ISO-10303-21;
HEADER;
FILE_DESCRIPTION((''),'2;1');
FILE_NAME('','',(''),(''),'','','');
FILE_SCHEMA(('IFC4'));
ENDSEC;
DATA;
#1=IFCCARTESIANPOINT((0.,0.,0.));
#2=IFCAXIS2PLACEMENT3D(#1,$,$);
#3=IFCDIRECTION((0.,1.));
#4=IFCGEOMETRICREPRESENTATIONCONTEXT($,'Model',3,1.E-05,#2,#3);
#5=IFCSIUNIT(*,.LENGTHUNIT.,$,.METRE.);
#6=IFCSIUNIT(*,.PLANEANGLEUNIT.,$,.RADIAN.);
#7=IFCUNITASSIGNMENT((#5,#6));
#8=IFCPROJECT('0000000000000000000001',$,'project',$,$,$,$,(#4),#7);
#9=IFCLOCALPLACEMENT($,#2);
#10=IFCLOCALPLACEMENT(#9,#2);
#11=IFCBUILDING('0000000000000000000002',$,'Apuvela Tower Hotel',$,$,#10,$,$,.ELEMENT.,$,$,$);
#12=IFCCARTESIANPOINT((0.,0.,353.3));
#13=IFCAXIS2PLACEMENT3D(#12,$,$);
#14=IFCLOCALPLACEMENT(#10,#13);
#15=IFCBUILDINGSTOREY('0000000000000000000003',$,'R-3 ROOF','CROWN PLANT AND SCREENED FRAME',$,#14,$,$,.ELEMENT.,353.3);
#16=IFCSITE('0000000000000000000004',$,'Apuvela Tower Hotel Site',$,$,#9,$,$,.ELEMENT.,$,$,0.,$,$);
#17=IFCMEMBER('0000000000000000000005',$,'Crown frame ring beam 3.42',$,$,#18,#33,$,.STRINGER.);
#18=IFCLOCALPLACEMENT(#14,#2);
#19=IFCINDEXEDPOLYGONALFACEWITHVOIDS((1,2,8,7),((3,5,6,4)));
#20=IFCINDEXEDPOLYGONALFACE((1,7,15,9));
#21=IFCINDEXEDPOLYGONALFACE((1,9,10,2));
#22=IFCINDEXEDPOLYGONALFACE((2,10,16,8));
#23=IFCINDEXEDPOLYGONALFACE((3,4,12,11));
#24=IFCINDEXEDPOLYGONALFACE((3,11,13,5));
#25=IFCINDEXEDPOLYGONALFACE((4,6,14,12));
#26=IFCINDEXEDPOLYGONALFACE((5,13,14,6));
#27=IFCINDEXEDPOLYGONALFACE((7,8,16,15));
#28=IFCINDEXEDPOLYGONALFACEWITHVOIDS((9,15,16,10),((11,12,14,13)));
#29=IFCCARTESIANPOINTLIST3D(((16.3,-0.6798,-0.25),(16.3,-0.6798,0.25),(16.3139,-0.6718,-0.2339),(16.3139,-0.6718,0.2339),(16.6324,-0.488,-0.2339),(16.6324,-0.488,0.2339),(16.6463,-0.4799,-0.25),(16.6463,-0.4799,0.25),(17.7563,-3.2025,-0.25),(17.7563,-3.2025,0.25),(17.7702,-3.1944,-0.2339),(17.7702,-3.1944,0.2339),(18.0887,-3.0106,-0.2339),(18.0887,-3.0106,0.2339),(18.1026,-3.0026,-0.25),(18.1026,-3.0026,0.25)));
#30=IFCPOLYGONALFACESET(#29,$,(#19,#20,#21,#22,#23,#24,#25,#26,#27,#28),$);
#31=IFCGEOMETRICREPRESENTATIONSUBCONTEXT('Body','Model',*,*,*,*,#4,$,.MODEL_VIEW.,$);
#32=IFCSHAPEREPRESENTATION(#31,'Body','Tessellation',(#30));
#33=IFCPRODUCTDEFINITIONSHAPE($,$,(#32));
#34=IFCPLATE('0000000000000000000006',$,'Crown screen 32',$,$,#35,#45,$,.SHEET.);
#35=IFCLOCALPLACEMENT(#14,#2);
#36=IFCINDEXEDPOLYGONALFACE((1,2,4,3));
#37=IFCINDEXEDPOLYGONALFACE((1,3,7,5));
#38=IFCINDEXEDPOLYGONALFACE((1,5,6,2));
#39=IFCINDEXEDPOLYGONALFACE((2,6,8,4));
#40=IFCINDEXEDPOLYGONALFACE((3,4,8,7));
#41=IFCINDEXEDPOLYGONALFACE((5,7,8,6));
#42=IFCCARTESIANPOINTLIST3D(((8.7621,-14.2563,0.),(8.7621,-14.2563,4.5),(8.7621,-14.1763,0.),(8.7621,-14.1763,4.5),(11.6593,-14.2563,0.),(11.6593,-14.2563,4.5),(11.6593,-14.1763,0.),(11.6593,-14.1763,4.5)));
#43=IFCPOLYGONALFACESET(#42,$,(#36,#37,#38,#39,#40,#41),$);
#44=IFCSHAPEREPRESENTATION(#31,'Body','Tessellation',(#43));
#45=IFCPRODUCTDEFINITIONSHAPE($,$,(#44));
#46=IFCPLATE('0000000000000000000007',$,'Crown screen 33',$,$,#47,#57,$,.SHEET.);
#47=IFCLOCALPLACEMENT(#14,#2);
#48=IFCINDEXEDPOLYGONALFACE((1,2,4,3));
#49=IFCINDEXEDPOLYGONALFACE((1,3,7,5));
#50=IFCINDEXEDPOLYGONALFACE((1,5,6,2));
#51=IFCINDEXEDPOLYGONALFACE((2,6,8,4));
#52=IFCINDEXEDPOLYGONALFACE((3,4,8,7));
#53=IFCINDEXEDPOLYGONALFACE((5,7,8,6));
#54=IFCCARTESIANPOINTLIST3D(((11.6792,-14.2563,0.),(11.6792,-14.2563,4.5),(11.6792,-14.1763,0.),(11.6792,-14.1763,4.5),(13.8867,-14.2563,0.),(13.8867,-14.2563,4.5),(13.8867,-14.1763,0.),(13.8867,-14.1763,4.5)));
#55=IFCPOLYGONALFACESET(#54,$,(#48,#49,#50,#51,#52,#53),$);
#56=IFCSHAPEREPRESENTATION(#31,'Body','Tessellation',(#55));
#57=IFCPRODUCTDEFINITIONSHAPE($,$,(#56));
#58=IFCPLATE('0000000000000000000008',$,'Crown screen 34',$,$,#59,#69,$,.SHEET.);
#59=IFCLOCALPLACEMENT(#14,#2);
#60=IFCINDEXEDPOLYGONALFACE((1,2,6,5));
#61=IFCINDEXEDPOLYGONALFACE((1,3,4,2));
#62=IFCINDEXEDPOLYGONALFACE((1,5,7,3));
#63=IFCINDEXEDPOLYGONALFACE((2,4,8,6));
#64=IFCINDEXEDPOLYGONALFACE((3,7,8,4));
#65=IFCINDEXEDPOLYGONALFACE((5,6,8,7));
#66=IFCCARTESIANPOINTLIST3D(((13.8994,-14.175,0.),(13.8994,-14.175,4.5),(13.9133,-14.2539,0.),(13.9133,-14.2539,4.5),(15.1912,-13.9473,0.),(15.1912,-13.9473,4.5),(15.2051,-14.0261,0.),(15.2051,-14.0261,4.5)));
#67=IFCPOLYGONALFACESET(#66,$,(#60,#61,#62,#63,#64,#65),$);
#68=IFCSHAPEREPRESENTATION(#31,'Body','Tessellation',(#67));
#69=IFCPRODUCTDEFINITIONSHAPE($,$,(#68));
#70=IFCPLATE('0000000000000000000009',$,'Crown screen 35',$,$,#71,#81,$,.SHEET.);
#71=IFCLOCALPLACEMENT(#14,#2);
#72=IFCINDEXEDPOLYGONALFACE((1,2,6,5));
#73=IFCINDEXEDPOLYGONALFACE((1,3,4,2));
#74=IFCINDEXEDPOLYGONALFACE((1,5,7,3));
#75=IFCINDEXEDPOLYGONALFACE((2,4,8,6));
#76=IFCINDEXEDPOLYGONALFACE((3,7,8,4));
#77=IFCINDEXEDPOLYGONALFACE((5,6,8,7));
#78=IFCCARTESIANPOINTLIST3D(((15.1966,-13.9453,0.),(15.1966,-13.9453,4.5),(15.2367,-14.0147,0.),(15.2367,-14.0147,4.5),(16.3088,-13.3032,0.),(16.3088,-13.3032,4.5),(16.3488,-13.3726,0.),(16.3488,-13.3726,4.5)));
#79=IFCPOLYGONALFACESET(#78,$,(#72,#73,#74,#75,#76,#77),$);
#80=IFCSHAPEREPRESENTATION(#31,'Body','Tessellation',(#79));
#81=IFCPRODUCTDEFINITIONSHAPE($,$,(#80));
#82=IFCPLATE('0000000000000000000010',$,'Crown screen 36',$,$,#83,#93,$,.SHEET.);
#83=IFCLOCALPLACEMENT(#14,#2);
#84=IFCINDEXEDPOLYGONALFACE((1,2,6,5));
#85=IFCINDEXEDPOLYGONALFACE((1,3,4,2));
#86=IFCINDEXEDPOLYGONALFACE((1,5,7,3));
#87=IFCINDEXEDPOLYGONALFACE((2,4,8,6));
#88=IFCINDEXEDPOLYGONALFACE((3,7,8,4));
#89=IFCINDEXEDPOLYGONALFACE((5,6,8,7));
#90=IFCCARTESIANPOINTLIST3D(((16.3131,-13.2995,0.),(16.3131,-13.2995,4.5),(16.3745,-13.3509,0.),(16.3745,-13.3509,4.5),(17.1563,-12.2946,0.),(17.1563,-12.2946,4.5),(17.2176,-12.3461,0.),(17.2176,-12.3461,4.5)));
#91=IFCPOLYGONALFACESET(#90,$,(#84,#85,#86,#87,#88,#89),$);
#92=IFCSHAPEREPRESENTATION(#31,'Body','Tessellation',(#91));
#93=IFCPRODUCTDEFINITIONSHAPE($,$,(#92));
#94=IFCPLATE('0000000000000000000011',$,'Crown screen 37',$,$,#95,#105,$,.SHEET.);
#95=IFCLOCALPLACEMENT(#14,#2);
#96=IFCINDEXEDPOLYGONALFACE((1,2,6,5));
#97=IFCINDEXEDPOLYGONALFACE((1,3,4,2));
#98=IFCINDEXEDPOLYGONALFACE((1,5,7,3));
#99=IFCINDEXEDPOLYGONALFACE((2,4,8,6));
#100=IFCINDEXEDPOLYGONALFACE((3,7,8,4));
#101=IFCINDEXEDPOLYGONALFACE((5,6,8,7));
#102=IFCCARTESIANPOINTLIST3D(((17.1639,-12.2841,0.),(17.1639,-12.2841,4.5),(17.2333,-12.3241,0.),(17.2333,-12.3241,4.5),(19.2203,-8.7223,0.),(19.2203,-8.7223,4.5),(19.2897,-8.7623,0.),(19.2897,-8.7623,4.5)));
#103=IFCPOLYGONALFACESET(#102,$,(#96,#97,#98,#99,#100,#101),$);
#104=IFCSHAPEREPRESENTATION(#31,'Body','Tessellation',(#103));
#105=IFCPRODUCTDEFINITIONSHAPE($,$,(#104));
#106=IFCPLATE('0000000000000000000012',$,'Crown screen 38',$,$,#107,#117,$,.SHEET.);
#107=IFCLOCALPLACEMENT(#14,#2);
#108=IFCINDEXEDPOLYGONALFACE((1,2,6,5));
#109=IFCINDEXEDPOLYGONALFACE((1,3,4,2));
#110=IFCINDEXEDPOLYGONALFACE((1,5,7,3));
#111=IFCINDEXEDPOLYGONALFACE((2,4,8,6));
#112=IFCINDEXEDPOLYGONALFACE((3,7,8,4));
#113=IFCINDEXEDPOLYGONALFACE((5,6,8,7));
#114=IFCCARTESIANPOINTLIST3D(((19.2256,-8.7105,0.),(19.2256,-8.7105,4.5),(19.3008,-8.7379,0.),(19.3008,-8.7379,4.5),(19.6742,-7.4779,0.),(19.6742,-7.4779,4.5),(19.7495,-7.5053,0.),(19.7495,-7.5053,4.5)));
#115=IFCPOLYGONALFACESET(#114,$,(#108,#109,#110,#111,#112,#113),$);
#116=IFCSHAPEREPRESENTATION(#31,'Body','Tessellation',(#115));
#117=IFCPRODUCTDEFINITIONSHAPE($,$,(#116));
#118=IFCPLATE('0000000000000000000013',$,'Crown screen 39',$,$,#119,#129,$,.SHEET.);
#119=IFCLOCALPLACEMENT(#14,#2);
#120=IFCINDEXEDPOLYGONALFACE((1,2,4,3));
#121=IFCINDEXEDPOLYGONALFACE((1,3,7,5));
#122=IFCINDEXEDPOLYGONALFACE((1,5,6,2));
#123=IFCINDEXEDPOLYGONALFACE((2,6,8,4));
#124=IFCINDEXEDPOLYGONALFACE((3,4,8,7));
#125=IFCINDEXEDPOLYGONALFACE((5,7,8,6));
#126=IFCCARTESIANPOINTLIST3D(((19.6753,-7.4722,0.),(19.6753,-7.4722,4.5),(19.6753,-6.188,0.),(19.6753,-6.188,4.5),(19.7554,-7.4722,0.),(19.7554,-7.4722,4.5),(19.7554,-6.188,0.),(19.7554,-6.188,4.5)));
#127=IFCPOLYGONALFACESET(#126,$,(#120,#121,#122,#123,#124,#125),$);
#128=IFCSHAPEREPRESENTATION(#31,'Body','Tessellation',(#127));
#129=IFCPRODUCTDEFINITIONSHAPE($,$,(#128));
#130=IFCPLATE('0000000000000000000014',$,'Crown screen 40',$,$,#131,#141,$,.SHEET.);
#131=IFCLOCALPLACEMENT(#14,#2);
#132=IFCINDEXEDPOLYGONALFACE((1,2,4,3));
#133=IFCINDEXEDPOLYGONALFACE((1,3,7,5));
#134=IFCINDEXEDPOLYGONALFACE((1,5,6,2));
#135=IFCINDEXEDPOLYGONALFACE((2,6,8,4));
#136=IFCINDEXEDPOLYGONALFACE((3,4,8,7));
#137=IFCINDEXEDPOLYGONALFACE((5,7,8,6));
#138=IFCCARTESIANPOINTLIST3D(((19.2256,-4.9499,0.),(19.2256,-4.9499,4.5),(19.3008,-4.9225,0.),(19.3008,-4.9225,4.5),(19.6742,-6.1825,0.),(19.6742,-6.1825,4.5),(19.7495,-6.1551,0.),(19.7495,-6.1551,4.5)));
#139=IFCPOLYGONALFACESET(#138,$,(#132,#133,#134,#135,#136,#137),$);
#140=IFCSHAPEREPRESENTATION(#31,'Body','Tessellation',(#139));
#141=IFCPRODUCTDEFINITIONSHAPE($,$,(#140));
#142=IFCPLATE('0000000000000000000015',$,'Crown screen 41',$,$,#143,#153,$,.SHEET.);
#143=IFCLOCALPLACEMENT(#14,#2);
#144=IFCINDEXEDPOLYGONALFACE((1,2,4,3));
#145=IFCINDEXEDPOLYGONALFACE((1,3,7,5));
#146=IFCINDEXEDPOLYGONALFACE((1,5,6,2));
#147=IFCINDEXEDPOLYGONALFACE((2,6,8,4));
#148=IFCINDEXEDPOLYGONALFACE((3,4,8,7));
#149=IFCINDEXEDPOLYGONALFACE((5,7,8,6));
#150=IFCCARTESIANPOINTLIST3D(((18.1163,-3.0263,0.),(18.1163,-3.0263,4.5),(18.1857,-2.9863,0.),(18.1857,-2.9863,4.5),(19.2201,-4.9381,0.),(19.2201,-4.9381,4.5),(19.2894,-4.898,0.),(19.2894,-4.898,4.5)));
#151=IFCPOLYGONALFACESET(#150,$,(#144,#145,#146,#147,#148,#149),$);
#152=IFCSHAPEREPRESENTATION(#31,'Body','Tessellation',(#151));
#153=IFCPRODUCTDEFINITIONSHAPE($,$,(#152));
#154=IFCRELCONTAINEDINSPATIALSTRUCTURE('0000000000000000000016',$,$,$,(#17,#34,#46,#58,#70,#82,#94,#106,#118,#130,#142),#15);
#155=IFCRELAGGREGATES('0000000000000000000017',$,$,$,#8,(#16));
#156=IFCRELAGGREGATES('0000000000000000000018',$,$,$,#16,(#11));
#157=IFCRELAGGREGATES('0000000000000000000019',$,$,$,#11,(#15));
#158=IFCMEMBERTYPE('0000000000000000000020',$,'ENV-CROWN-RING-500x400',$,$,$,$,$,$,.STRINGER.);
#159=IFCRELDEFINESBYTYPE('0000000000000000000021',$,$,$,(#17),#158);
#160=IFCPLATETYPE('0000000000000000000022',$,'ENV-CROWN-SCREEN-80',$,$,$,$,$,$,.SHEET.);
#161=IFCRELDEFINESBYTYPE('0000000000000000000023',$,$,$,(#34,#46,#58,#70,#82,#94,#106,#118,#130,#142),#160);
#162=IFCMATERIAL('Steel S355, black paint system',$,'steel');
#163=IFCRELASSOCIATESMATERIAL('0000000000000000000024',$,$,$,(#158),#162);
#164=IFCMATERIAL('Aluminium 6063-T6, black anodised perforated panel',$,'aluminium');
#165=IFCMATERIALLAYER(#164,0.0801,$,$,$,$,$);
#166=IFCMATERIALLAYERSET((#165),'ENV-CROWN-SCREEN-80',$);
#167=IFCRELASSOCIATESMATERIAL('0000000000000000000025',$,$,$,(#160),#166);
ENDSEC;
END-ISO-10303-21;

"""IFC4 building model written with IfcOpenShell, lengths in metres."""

from ifc_helpers import new_model, si_unit, direction, frame, origin, origin_2d, place, context, subcontext, project, spatial, rectangle, hollow_rectangle, extrude, material, layer, layer_set, material_profile, profile_set, type_object, element, save


model = new_model("IFC4")

# Units and contexts
model_context = context("Model", 3, precision=1e-05, world=origin(), true_north=direction((0.0, 1.0)))
body_context = subcontext(model_context, "Body", "Model", "MODEL_VIEW")
ifc_project = project(units=[si_unit("LENGTHUNIT", "METRE"), si_unit("PLANEANGLEUNIT", "RADIAN")], contexts=[model_context])

# Site, building, storey
site_placement = place(None, origin())
site = spatial("IfcSite", under=ifc_project, at=site_placement, Name="Apuvela Tower Hotel Site", CompositionType="ELEMENT", RefElevation=0.0)
building_placement = place(site_placement, origin())
building = spatial("IfcBuilding", under=site, at=building_placement, Name="Apuvela Tower Hotel", CompositionType="ELEMENT")
storey_placement = place(building_placement, frame((0.0, 0.0, 353.3)))
storey = spatial("IfcBuildingStorey", under=building, at=storey_placement, Name="R-3 ROOF", Description="CROWN PLANT AND SCREENED FRAME", CompositionType="ELEMENT", Elevation=353.3)

# Member
ifc_material_1 = material(Name="Steel S355, black paint system", Category="steel")
ifc_material_profile_1 = material_profile(ifc_material_1, hollow_rectangle(XDim=0.3999, YDim=0.5, WallThickness=0.0161, at=origin_2d()), Name="HSS 500x400x16")
ifc_profile_set_1 = profile_set([ifc_material_profile_1], Name="Steel S355, black paint system")
member_type_1 = type_object("IfcMemberType", Name="ENV-CROWN-RING-500x400", PredefinedType="STRINGER", material=ifc_profile_set_1)
member_1_placement = place(storey_placement, frame((17.9294, -3.1025, 0.0), z_axis=(-0.499952, 0.866053, 0.0), x_axis=(-0.866053, -0.499952, 0.0)))
element("IfcMember", 1, at=member_1_placement, inside=storey, type_object=member_type_1, Name="Crown frame ring beam 3.42", PredefinedType="STRINGER", context=body_context, shape_type="SweptSolid", body=[
    extrude(hollow_rectangle(XDim=0.3999, YDim=0.5, WallThickness=0.0161, at=origin_2d()), origin(), (0.0, 0.0, 1.0), 2.9128),
])

# Plates
ifc_material_2 = material(Name="Aluminium 6063-T6, black anodised perforated panel", Category="aluminium")
ifc_layer = layer(ifc_material_2, 0.0801)
ifc_layer_set = layer_set([ifc_layer], Name="ENV-CROWN-SCREEN-80")
plate_type = type_object("IfcPlateType", Name="ENV-CROWN-SCREEN-80", PredefinedType="SHEET", material=ifc_layer_set)
plate_1_placement = place(storey_placement, frame((10.2107, -14.2163, 0.0), z_axis=(0.0, 0.0, 1.0), x_axis=(1.0, 0.0, 0.0)))
element("IfcPlate", 2, at=plate_1_placement, inside=storey, type_object=plate_type, Name="Crown screen 32", PredefinedType="SHEET", context=body_context, shape_type="SweptSolid", body=[
    extrude(rectangle(XDim=2.8972, YDim=0.0801, at=origin_2d()), origin(), (0.0, 0.0, 1.0), 4.5),
])
plate_2_placement = place(storey_placement, frame((12.783, -14.2163, 0.0), z_axis=(0.0, 0.0, 1.0), x_axis=(1.0, 0.0, 0.0)))
element("IfcPlate", 3, at=plate_2_placement, inside=storey, type_object=plate_type, Name="Crown screen 33", PredefinedType="SHEET", context=body_context, shape_type="SweptSolid", body=[
    extrude(rectangle(XDim=2.2075, YDim=0.0801, at=origin_2d()), origin(), (0.0, 0.0, 1.0), 4.5),
])
plate_3_placement = place(storey_placement, frame((14.5522, -14.1006, 0.0), z_axis=(0.0, 0.0, 1.0), x_axis=(0.984808, 0.173648, 0.0)))
element("IfcPlate", 4, at=plate_3_placement, inside=storey, type_object=plate_type, Name="Crown screen 34", PredefinedType="SHEET", context=body_context, shape_type="SweptSolid", body=[
    extrude(rectangle(XDim=1.3118, YDim=0.0801, at=origin_2d()), origin(), (0.0, 0.0, 1.0), 4.5),
])
plate_4_placement = place(storey_placement, frame((15.7727, -13.6589, 0.0), z_axis=(0.0, 0.0, 1.0), x_axis=(0.866025, 0.5, 0.0)))
element("IfcPlate", 5, at=plate_4_placement, inside=storey, type_object=plate_type, Name="Crown screen 35", PredefinedType="SHEET", context=body_context, shape_type="SweptSolid", body=[
    extrude(rectangle(XDim=1.2842, YDim=0.0801, at=origin_2d()), origin(), (0.0, 0.0, 1.0), 4.5),
])
plate_5_placement = place(storey_placement, frame((16.7654, -12.8228, 0.0), z_axis=(0.0, 0.0, 1.0), x_axis=(0.642788, 0.766044, 0.0)))
element("IfcPlate", 6, at=plate_5_placement, inside=storey, type_object=plate_type, Name="Crown screen 36", PredefinedType="SHEET", context=body_context, shape_type="SweptSolid", body=[
    extrude(rectangle(XDim=1.3118, YDim=0.0801, at=origin_2d()), origin(), (0.0, 0.0, 1.0), 4.5),
])
plate_6_placement = place(storey_placement, frame((18.2268, -10.5232, 0.0), z_axis=(0.0, 0.0, 1.0), x_axis=(0.5, 0.866025, 0.0)))
element("IfcPlate", 7, at=plate_6_placement, inside=storey, type_object=plate_type, Name="Crown screen 37", PredefinedType="SHEET", context=body_context, shape_type="SweptSolid", body=[
    extrude(rectangle(XDim=4.1128, YDim=0.0801, at=origin_2d()), origin(), (0.0, 0.0, 1.0), 4.5),
])
plate_7_placement = place(storey_placement, frame((19.4875, -8.1079, 0.0), z_axis=(0.0, 0.0, 1.0), x_axis=(0.34202, 0.939693, 0.0)))
element("IfcPlate", 8, at=plate_7_placement, inside=storey, type_object=plate_type, Name="Crown screen 38", PredefinedType="SHEET", context=body_context, shape_type="SweptSolid", body=[
    extrude(rectangle(XDim=1.3118, YDim=0.0801, at=origin_2d()), origin(), (0.0, 0.0, 1.0), 4.5),
])
plate_8_placement = place(storey_placement, frame((19.7153, -6.8301, 0.0), z_axis=(0.0, 0.0, 1.0), x_axis=(0.0, 1.0, 0.0)))
element("IfcPlate", 9, at=plate_8_placement, inside=storey, type_object=plate_type, Name="Crown screen 39", PredefinedType="SHEET", context=body_context, shape_type="SweptSolid", body=[
    extrude(rectangle(XDim=1.2842, YDim=0.0801, at=origin_2d()), origin(), (0.0, 0.0, 1.0), 4.5),
])
plate_9_placement = place(storey_placement, frame((19.4875, -5.5525, 0.0), z_axis=(0.0, 0.0, 1.0), x_axis=(-0.34202, 0.939693, 0.0)))
element("IfcPlate", 10, at=plate_9_placement, inside=storey, type_object=plate_type, Name="Crown screen 40", PredefinedType="SHEET", context=body_context, shape_type="SweptSolid", body=[
    extrude(rectangle(XDim=1.3118, YDim=0.0801, at=origin_2d()), origin(), (0.0, 0.0, 1.0), 4.5),
])
plate_10_placement = place(storey_placement, frame((18.7029, -3.9622, 0.0), z_axis=(0.0, 0.0, 1.0), x_axis=(-0.5, 0.866025, 0.0)))
element("IfcPlate", 11, at=plate_10_placement, inside=storey, type_object=plate_type, Name="Crown screen 41", PredefinedType="SHEET", context=body_context, shape_type="SweptSolid", body=[
    extrude(rectangle(XDim=2.2075, YDim=0.0801, at=origin_2d()), origin(), (0.0, 0.0, 1.0), 4.5),
])

save(model, "model.ifc")
